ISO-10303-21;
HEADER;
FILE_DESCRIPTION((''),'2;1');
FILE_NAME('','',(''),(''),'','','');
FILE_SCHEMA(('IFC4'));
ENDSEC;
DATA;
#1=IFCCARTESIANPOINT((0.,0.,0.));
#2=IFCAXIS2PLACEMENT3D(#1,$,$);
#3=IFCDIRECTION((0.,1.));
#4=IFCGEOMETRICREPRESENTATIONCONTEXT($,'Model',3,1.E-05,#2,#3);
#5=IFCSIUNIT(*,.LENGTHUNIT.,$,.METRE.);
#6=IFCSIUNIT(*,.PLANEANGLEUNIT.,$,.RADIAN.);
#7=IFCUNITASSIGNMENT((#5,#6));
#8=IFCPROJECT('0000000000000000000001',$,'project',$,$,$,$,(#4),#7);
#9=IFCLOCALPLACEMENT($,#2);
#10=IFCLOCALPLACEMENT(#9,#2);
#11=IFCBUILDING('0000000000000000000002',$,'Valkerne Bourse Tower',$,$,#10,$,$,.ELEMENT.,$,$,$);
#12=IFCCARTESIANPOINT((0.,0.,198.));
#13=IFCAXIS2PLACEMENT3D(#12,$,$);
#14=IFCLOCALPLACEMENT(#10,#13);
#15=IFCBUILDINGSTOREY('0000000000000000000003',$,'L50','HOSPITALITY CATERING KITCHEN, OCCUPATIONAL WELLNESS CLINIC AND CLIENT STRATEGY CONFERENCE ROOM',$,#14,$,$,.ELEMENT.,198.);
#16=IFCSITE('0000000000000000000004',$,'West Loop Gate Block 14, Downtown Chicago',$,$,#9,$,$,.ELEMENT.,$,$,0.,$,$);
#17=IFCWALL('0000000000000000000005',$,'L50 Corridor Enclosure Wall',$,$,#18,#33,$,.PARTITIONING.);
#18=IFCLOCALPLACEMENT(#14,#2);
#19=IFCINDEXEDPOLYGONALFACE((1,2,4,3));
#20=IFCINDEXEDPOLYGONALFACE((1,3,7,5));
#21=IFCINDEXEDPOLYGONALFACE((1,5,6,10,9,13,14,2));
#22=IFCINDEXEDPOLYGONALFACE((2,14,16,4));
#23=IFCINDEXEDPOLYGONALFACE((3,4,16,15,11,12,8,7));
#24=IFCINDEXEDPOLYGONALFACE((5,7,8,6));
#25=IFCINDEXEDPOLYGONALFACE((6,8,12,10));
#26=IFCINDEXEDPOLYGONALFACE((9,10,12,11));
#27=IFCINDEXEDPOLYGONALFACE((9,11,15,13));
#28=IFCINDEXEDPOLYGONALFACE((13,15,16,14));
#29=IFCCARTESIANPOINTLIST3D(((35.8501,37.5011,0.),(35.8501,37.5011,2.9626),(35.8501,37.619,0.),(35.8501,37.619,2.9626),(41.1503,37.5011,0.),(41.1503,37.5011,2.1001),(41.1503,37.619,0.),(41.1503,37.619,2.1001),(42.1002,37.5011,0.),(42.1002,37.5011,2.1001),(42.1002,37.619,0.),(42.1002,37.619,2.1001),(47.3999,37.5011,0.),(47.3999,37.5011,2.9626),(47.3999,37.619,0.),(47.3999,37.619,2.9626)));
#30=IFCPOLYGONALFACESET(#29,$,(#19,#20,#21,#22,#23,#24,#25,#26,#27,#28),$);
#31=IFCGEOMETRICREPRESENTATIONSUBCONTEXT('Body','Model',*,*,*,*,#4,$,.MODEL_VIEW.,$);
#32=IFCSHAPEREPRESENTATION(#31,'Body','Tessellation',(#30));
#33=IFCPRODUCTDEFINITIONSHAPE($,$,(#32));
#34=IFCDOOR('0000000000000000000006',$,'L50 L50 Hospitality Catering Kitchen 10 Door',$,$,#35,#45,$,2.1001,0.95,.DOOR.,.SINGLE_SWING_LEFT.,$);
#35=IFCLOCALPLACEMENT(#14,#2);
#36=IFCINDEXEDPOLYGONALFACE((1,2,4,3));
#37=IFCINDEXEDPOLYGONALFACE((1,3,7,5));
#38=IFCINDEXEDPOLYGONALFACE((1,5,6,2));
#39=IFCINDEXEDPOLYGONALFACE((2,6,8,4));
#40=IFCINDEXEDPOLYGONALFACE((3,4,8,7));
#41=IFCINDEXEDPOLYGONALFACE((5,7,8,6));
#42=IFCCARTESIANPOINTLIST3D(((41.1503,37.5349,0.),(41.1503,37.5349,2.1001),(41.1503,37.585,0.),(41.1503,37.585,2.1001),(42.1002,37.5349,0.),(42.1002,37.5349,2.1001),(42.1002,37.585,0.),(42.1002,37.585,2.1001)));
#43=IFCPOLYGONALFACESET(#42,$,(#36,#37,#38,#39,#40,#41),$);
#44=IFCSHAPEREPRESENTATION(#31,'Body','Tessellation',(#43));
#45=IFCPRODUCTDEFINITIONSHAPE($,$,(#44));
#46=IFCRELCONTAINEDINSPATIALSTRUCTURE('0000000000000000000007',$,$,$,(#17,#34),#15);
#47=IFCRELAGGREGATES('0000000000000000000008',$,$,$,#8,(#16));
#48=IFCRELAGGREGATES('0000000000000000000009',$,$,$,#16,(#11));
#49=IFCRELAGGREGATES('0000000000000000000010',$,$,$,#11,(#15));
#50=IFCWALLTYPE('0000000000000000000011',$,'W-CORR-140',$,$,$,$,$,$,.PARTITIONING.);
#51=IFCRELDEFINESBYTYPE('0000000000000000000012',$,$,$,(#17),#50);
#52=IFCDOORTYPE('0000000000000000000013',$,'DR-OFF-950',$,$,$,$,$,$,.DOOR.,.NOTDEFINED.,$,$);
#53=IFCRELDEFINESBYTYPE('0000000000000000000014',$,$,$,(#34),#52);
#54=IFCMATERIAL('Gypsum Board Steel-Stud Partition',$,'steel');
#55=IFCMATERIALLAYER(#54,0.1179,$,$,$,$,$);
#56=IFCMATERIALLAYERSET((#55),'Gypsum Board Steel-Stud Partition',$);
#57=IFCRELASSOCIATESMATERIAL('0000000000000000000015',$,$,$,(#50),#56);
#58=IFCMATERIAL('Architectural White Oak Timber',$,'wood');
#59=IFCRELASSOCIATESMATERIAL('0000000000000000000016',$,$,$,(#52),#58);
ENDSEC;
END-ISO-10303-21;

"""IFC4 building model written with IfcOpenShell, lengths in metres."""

from ifc_helpers import new_model, si_unit, direction, frame, frame_2d, origin, place, context, subcontext, project, spatial, rectangle, extrude, material, layer, layer_set, type_object, element, fill, save


model = new_model("IFC4")

# Units and contexts
model_context = context("Model", 3, precision=1e-05, world=origin(), true_north=direction((0.0, 1.0)))
body_context = subcontext(model_context, "Body", "Model", "MODEL_VIEW")
ifc_project = project(units=[si_unit("LENGTHUNIT", "METRE"), si_unit("PLANEANGLEUNIT", "RADIAN")], contexts=[model_context])

# Site, building, storey
site_placement = place(None, origin())
site = spatial("IfcSite", under=ifc_project, at=site_placement, Name="West Loop Gate Block 14, Downtown Chicago", CompositionType="ELEMENT", RefElevation=0.0)
building_placement = place(site_placement, origin())
building = spatial("IfcBuilding", under=site, at=building_placement, Name="Valkerne Bourse Tower", CompositionType="ELEMENT")
storey_placement = place(building_placement, frame((0.0, 0.0, 198.0)))
storey = spatial("IfcBuildingStorey", under=building, at=storey_placement, Name="L50", Description="HOSPITALITY CATERING KITCHEN, OCCUPATIONAL WELLNESS CLINIC AND CLIENT STRATEGY CONFERENCE ROOM", CompositionType="ELEMENT", Elevation=198.0)

# Wall, opening, door
ifc_material_1 = material(Name="Gypsum Board Steel-Stud Partition", Category="steel")
ifc_layer_1 = layer(ifc_material_1, 0.1179)
ifc_layer_set_1 = layer_set([ifc_layer_1], Name="Gypsum Board Steel-Stud Partition")
wall_type_1 = type_object("IfcWallType", Name="W-CORR-140", PredefinedType="PARTITIONING", material=ifc_layer_set_1)
wall_1_placement = place(storey_placement, frame((35.8501, 37.5601, 0.0), z_axis=(0.0, 0.0, 1.0), x_axis=(1.0, 0.0, 0.0)))
wall_1 = element("IfcWall", 1, at=wall_1_placement, inside=storey, type_object=wall_type_1, Name="L50 Corridor Enclosure Wall", PredefinedType="PARTITIONING", context=body_context, shape_type="SweptSolid", body=[
    extrude(rectangle(XDim=11.5498, YDim=0.1179, at=frame_2d((5.7749, 0.0))), origin(), (0.0, 0.0, 1.0), 2.9626),
])
opening_1_placement = place(wall_1_placement, frame((5.3, 0.0, 0.0)))
opening_1 = element("IfcOpeningElement", 2, at=opening_1_placement, cuts=wall_1, PredefinedType="OPENING", context=body_context, shape_type="SweptSolid", body=[
    extrude(rectangle(XDim=0.95, YDim=2.1001, at=frame_2d((0.4751, 1.05))), frame((0.0, 0.0688, 0.0), z_axis=(0.0, -1.0, 0.0), x_axis=(1.0, 0.0, 0.0)), (0.0, 0.0, 1.0), 0.1379),
])
ifc_material_2 = material(Name="Architectural White Oak Timber", Category="wood")
door_type_1 = type_object("IfcDoorType", Name="DR-OFF-950", OperationType="NOTDEFINED", PredefinedType="DOOR", material=ifc_material_2)
door_1_placement = place(opening_1_placement, origin())
door_1 = element("IfcDoor", 3, at=door_1_placement, inside=storey, type_object=door_type_1, Name="L50 L50 Hospitality Catering Kitchen 10 Door", OperationType="SINGLE_SWING_LEFT", OverallHeight=2.1001, OverallWidth=0.95, PredefinedType="DOOR", context=body_context, shape_type="SweptSolid", body=[
    extrude(rectangle(XDim=0.95, YDim=2.1001, at=frame_2d((0.4751, 1.05))), frame((0.0, 0.0249, 0.0), z_axis=(0.0, -1.0, 0.0), x_axis=(1.0, 0.0, 0.0)), (0.0, 0.0, 1.0), 0.05),
])
fill(opening_1, door_1)

save(model, "model.ifc")
